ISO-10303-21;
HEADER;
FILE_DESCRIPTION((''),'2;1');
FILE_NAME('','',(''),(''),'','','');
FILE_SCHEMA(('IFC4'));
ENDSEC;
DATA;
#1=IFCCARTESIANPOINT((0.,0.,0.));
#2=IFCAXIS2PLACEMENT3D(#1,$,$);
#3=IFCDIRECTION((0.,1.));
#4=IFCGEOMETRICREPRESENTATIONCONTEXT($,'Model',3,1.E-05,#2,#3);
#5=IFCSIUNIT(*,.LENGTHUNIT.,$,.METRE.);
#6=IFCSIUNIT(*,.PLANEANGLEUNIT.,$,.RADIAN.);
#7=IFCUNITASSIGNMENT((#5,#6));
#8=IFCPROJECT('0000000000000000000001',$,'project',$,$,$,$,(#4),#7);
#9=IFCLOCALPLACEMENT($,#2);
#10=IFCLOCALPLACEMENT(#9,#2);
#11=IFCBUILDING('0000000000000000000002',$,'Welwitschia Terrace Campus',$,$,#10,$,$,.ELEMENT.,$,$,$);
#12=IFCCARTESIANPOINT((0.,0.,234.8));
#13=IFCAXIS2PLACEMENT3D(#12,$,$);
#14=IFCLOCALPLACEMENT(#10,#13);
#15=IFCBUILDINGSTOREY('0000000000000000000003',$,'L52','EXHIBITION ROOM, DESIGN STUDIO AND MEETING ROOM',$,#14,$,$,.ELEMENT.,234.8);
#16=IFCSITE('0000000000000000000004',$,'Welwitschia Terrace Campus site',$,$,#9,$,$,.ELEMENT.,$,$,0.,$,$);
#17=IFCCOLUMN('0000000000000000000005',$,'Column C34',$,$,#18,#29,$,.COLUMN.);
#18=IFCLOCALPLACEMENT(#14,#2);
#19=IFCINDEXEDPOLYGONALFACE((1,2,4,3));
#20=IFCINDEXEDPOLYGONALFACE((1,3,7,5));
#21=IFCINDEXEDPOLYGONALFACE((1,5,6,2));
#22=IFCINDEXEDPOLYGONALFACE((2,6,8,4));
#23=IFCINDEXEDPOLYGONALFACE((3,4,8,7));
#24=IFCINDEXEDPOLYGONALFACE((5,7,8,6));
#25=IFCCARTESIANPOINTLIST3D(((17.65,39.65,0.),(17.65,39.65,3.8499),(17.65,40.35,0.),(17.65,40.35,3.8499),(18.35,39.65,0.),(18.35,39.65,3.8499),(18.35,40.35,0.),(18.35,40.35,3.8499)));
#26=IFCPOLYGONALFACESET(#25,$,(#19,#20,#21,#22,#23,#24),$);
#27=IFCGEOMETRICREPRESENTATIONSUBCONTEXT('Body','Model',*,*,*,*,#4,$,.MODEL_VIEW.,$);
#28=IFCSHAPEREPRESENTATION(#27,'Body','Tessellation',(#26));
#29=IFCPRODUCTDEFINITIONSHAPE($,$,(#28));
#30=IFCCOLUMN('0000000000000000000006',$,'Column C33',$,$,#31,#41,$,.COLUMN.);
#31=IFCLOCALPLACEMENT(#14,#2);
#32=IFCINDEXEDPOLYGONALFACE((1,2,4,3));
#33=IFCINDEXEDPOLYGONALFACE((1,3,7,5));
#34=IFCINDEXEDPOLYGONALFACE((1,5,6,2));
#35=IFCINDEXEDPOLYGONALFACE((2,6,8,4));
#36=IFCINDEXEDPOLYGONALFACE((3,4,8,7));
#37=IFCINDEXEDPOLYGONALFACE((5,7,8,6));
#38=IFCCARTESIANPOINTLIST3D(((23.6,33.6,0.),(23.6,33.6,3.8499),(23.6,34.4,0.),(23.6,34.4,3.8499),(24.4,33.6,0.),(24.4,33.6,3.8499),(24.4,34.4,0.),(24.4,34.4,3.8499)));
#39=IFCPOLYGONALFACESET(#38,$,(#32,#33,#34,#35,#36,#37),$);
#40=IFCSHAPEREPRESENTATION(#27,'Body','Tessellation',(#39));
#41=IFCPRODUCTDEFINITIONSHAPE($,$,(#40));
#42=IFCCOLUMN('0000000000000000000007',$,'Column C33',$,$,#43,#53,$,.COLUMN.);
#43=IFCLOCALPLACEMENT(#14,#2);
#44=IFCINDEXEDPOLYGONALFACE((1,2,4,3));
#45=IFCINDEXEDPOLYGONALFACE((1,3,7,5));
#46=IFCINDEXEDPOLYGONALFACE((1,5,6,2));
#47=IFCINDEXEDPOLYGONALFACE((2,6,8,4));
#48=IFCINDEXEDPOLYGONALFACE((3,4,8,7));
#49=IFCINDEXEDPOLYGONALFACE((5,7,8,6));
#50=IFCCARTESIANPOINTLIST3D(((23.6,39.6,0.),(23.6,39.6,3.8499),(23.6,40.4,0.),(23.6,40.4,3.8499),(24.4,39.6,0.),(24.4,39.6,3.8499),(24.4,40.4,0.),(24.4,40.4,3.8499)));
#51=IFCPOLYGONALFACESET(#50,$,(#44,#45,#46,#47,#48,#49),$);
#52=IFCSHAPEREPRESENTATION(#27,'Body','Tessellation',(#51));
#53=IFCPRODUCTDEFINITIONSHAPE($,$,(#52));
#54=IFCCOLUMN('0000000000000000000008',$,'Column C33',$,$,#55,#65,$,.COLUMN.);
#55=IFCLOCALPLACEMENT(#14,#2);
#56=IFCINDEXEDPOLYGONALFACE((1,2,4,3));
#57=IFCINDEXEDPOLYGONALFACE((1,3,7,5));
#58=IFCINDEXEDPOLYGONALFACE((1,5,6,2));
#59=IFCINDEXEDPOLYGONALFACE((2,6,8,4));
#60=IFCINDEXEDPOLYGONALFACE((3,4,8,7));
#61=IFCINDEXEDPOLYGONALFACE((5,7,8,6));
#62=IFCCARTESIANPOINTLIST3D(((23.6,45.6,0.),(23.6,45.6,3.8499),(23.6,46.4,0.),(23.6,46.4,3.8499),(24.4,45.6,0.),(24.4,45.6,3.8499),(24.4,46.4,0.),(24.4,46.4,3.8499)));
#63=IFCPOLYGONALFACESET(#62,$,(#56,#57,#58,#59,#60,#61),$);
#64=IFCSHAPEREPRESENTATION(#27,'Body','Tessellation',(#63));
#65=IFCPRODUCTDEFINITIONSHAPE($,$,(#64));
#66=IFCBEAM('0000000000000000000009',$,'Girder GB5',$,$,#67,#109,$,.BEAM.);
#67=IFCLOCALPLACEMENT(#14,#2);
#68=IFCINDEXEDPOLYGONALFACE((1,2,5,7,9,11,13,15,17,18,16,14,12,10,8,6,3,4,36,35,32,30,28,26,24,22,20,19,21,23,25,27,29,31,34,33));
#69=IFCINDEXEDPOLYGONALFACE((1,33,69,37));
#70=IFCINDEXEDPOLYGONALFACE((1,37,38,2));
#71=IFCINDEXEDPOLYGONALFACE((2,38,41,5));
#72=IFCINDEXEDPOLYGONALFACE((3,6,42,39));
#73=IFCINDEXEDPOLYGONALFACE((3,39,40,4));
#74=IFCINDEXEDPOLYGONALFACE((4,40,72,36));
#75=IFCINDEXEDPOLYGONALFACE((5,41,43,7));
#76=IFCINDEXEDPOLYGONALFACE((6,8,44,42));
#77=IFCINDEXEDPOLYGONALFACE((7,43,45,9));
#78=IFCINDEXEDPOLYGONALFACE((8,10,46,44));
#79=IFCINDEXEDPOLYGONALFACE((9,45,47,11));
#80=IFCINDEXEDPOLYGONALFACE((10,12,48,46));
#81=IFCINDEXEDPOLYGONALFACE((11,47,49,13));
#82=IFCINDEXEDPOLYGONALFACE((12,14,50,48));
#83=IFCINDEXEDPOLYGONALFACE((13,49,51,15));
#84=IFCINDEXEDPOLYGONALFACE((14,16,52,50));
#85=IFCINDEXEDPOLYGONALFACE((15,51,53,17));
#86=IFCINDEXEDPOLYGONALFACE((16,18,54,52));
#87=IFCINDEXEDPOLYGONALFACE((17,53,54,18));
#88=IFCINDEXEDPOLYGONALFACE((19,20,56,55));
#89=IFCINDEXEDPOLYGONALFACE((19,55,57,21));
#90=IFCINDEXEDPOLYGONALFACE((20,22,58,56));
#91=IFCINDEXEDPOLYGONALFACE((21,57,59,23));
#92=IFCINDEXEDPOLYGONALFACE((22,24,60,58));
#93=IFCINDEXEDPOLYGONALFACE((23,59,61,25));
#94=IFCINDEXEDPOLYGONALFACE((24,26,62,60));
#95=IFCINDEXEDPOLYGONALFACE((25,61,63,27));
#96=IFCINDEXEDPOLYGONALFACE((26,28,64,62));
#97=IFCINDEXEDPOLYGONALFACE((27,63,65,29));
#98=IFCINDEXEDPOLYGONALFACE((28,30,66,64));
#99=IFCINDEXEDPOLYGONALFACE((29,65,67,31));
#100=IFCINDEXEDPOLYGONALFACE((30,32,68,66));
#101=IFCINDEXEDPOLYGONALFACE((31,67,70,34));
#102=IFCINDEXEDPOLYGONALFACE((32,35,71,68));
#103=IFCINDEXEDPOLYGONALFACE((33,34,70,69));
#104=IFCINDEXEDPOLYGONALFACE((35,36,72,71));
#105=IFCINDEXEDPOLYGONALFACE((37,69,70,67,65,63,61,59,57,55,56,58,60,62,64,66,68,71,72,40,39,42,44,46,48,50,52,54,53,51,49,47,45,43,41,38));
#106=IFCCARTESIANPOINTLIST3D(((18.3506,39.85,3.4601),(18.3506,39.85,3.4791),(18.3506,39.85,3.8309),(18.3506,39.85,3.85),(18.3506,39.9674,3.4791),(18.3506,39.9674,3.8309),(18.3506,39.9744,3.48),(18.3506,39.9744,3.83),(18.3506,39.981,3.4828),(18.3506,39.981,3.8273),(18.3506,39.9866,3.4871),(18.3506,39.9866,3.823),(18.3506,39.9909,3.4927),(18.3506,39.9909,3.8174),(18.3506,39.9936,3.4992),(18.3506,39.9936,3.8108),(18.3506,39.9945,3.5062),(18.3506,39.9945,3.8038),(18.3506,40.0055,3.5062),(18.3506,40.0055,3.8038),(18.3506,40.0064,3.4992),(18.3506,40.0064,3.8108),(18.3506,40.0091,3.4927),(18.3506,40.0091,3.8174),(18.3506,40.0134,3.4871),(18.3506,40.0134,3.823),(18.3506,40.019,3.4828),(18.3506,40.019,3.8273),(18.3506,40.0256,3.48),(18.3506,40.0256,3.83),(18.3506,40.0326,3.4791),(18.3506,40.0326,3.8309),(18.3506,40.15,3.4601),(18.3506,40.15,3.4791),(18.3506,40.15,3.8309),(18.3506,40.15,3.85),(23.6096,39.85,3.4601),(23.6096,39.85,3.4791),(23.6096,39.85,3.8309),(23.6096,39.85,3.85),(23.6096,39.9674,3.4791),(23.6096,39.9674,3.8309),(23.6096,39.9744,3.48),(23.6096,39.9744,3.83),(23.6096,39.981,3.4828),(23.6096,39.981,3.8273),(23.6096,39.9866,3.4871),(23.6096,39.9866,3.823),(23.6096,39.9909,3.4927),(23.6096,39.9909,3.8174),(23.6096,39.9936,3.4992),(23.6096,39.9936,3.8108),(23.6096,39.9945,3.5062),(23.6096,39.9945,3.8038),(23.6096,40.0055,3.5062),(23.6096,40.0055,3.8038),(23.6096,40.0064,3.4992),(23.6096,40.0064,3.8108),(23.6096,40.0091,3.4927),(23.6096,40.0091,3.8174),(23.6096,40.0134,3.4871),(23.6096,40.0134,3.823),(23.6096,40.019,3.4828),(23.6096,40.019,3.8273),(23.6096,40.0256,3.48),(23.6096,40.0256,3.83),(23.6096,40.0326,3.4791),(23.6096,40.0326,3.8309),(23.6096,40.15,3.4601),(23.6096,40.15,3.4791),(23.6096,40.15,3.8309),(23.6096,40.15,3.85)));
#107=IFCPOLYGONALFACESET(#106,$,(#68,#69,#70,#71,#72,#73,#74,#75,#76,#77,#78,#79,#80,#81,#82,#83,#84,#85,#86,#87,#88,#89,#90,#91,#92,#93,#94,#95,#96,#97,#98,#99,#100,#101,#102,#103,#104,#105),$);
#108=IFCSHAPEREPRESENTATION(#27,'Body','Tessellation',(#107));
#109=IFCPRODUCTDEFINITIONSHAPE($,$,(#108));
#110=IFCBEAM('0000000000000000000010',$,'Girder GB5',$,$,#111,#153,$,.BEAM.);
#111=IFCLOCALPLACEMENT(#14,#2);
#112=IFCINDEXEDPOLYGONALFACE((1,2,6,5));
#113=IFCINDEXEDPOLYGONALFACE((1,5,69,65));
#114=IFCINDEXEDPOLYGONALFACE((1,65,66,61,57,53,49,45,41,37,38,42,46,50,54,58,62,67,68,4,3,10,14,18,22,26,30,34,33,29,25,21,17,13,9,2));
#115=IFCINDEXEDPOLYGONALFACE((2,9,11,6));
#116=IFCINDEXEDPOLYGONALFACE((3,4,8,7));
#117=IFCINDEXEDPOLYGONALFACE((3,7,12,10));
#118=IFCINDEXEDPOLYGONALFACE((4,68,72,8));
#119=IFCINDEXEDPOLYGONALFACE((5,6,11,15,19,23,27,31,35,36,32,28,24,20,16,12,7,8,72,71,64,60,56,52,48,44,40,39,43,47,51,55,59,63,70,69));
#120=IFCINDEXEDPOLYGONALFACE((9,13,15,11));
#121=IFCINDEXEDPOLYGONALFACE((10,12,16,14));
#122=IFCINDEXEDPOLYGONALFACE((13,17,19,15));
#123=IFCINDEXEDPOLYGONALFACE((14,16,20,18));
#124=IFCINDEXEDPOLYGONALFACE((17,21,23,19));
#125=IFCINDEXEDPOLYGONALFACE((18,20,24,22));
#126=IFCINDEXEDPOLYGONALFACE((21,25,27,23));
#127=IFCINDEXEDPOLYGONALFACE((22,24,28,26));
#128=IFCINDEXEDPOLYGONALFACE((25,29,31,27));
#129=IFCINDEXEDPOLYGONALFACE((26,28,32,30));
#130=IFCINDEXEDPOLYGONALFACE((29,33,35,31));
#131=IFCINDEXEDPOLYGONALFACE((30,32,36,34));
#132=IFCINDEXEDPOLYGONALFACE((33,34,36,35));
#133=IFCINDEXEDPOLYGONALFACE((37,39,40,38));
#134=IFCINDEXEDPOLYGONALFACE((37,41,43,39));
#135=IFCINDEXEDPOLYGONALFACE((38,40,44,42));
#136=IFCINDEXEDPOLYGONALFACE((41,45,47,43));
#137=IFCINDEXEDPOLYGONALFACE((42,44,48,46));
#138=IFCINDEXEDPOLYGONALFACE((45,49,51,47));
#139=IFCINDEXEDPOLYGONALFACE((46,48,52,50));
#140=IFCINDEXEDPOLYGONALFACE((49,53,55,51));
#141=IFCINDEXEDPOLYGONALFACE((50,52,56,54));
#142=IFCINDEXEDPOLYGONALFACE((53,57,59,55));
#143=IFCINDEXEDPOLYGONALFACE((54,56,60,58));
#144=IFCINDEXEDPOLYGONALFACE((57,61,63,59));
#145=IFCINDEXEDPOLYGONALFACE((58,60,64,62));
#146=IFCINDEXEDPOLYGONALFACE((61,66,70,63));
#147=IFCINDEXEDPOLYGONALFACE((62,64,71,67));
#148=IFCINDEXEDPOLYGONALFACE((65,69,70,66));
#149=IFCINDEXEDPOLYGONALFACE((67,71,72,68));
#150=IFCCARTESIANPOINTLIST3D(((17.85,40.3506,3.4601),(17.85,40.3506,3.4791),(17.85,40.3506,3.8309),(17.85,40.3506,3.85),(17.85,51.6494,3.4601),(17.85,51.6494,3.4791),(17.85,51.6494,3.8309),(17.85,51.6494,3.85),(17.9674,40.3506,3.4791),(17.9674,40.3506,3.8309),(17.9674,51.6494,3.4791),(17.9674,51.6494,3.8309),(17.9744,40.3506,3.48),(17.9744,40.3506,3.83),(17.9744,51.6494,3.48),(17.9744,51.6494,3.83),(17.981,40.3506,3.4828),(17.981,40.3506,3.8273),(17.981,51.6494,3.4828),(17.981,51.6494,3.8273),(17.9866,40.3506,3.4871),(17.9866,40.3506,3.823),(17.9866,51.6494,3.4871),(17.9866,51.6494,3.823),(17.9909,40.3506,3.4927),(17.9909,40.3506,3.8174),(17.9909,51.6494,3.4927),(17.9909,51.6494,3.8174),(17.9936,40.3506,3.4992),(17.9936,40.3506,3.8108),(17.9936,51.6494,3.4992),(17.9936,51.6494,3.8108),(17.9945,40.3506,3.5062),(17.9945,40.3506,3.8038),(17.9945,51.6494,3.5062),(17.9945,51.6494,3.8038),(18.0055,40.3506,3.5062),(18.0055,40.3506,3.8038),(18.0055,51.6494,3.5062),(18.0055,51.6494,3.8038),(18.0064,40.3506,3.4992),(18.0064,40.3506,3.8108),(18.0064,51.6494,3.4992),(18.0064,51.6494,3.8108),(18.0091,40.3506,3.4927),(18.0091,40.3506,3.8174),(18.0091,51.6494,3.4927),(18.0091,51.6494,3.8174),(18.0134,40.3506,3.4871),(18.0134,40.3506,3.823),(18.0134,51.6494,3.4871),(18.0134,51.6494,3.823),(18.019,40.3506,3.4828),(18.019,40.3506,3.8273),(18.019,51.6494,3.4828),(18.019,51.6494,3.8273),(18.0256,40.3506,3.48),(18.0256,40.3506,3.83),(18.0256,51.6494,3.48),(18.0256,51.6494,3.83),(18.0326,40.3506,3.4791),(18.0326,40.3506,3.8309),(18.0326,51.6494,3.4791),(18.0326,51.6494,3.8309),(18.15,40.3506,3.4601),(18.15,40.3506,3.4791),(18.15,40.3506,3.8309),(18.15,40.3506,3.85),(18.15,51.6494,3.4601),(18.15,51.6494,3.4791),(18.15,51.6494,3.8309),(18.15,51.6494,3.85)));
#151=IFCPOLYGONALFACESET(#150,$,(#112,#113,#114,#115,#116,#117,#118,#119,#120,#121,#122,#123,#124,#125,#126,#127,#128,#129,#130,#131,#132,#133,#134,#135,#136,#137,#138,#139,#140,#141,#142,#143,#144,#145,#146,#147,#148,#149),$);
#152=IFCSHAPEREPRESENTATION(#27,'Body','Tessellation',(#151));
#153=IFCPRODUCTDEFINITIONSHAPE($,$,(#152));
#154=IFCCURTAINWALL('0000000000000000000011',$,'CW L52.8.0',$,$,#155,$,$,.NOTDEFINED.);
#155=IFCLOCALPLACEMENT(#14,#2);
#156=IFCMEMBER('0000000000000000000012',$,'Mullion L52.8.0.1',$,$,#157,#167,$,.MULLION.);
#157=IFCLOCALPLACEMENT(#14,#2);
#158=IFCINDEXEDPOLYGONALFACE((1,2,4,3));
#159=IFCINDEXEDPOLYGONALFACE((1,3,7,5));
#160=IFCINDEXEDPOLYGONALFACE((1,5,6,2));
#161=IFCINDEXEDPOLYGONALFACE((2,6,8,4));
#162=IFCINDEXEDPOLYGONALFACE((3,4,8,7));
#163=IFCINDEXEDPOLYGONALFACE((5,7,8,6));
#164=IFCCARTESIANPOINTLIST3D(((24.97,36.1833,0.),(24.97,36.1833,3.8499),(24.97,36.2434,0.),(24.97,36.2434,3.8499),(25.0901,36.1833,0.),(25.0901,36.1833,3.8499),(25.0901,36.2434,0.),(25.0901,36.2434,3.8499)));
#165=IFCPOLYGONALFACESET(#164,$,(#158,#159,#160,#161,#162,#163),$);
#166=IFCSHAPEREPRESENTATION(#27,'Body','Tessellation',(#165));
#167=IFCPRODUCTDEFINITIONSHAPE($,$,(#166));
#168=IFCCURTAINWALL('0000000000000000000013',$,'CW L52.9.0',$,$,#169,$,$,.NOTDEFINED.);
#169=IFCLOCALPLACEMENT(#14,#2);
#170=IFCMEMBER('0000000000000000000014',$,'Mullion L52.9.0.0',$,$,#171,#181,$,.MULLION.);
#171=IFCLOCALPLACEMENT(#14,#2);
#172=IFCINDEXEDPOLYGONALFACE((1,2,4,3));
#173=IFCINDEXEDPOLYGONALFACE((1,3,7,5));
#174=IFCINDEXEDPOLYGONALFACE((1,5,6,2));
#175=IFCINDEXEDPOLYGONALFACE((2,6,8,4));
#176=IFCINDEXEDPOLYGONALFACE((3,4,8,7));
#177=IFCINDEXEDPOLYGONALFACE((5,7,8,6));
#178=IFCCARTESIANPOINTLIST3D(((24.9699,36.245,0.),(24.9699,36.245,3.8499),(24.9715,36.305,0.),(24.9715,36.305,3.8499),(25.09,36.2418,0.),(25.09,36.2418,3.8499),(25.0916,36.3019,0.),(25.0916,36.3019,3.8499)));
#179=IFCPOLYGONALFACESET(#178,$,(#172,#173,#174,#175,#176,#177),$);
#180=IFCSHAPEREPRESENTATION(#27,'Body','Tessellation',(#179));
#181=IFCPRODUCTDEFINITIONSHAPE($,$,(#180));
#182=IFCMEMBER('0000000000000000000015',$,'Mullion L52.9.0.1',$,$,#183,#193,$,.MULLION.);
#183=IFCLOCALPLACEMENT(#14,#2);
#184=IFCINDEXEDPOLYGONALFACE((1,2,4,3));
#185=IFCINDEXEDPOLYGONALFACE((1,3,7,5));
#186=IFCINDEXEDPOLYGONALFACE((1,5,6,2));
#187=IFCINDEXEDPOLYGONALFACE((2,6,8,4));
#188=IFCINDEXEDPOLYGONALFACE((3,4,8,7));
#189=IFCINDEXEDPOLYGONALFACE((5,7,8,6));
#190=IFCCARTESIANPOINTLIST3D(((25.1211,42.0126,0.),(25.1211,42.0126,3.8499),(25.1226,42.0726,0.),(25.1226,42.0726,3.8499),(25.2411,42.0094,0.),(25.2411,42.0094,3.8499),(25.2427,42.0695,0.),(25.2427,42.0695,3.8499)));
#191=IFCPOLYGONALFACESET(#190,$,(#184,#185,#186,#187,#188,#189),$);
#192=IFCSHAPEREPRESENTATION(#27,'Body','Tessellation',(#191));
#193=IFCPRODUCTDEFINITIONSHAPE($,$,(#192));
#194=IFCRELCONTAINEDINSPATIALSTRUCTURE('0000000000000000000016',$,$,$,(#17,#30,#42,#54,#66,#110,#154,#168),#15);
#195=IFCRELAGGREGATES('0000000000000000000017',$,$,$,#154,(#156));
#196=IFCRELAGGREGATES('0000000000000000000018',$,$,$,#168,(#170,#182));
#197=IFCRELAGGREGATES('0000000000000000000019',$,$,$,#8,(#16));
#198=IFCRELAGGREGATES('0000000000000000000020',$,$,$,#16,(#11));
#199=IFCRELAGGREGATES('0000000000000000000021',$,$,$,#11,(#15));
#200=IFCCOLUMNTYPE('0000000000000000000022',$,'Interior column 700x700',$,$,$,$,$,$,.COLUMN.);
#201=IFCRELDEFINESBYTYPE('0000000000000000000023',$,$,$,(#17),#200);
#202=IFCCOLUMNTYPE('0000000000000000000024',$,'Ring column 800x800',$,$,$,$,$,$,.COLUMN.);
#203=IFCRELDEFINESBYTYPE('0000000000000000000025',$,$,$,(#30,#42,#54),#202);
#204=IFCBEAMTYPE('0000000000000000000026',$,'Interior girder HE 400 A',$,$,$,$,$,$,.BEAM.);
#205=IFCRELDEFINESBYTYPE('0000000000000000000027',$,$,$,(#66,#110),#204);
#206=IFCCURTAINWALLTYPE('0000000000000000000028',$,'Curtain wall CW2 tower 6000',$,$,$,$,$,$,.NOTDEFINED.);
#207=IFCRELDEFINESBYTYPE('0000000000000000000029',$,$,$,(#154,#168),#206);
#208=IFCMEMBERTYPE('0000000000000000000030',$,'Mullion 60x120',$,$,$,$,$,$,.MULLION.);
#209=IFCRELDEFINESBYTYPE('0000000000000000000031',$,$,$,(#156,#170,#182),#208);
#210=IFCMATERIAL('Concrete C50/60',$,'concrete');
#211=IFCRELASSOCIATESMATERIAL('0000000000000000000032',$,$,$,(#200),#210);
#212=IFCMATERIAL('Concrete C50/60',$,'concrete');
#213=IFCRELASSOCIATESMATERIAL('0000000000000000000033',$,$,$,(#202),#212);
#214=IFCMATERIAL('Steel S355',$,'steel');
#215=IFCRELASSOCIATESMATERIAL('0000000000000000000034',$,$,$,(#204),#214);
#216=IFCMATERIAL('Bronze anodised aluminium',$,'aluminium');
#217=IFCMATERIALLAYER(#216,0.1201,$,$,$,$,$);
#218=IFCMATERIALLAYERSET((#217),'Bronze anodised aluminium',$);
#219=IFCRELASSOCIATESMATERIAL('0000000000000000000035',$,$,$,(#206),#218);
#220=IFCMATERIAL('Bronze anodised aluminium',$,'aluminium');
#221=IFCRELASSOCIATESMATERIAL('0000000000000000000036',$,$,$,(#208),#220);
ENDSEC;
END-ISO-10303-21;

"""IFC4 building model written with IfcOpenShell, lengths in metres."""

from ifc_helpers import new_model, si_unit, direction, frame, origin, origin_2d, place, context, subcontext, project, spatial, rectangle, i_section, extrude, material, layer, layer_set, material_profile, profile_set, type_object, element, aggregate, save


model = new_model("IFC4")

# Units and contexts
model_context = context("Model", 3, precision=1e-05, world=origin(), true_north=direction((0.0, 1.0)))
body_context = subcontext(model_context, "Body", "Model", "MODEL_VIEW")
ifc_project = project(units=[si_unit("LENGTHUNIT", "METRE"), si_unit("PLANEANGLEUNIT", "RADIAN")], contexts=[model_context])

# Site, building, storey
site_placement = place(None, origin())
site = spatial("IfcSite", under=ifc_project, at=site_placement, Name="Welwitschia Terrace Campus site", CompositionType="ELEMENT", RefElevation=0.0)
building_placement = place(site_placement, origin())
building = spatial("IfcBuilding", under=site, at=building_placement, Name="Welwitschia Terrace Campus", CompositionType="ELEMENT")
storey_placement = place(building_placement, frame((0.0, 0.0, 234.8)))
storey = spatial("IfcBuildingStorey", under=building, at=storey_placement, Name="L52", Description="EXHIBITION ROOM, DESIGN STUDIO AND MEETING ROOM", CompositionType="ELEMENT", Elevation=234.8)

# Columns
ifc_material_1 = material(Name="Concrete C50/60", Category="concrete")
ifc_material_profile_1 = material_profile(ifc_material_1, rectangle(XDim=0.7, YDim=0.7, at=origin_2d()))
ifc_profile_set_1 = profile_set([ifc_material_profile_1], Name="Concrete C50/60")
column_type_1 = type_object("IfcColumnType", Name="Interior column 700x700", PredefinedType="COLUMN", material=ifc_profile_set_1)
column_placement = place(storey_placement, frame((18.0, 40.0, 0.0), z_axis=(0.0, 0.0, 1.0), x_axis=(1.0, 0.0, 0.0)))
element("IfcColumn", 1, at=column_placement, inside=storey, type_object=column_type_1, Name="Column C34", PredefinedType="COLUMN", context=body_context, shape_type="SweptSolid", body=[
    extrude(rectangle(XDim=0.7, YDim=0.7, at=origin_2d()), origin(), (0.0, 0.0, 1.0), 3.8499),
])
ifc_material_2 = material(Name="Concrete C50/60", Category="concrete")
ifc_material_profile_2 = material_profile(ifc_material_2, rectangle(XDim=0.8, YDim=0.8, at=origin_2d()))
ifc_profile_set_2 = profile_set([ifc_material_profile_2], Name="Concrete C50/60")
column_type_2 = type_object("IfcColumnType", Name="Ring column 800x800", PredefinedType="COLUMN", material=ifc_profile_set_2)
for number, where, z_axis, x_axis, name in (
    (2, (24.0, 34.0, 0.0), (0.0, 0.0, 1.0), (1.0, 0.0, 0.0), "Column C33"),
    (3, (24.0, 40.0, 0.0), (0.0, 0.0, 1.0), (1.0, 0.0, 0.0), "Column C33"),
    (4, (24.0, 46.0, 0.0), (0.0, 0.0, 1.0), (1.0, 0.0, 0.0), "Column C33"),
):
    element("IfcColumn", number, at=place(storey_placement, frame(where, z_axis=z_axis, x_axis=x_axis)), inside=storey, type_object=column_type_2, Name=name, PredefinedType="COLUMN", context=body_context, shape_type="SweptSolid", body=[
        extrude(rectangle(XDim=0.8, YDim=0.8, at=origin_2d()), origin(), (0.0, 0.0, 1.0), 3.8499),
    ])

# Beams
ifc_material_3 = material(Name="Steel S355", Category="steel")
ifc_material_profile_3 = material_profile(ifc_material_3, i_section(OverallWidth=0.3, OverallDepth=0.3899, WebThickness=0.011, FlangeThickness=0.019, FilletRadius=0.0271, at=origin_2d()))
ifc_profile_set_3 = profile_set([ifc_material_profile_3], Name="Steel S355")
beam_type_1 = type_object("IfcBeamType", Name="Interior girder HE 400 A", PredefinedType="BEAM", material=ifc_profile_set_3)
beam_1_placement = place(storey_placement, frame((18.3506, 40.0, 3.655), z_axis=(1.0, 0.0, 0.0), x_axis=(0.0, 1.0, 0.0)))
element("IfcBeam", 5, at=beam_1_placement, inside=storey, type_object=beam_type_1, Name="Girder GB5", PredefinedType="BEAM", context=body_context, shape_type="SweptSolid", body=[
    extrude(i_section(OverallWidth=0.3, OverallDepth=0.3899, WebThickness=0.011, FlangeThickness=0.019, FilletRadius=0.0271, at=origin_2d()), origin(), (0.0, 0.0, 1.0), 5.259),
])
beam_2_placement = place(storey_placement, frame((18.0, 40.3506, 3.655), z_axis=(0.0, 1.0, 0.0), x_axis=(-1.0, 0.0, 0.0)))
element("IfcBeam", 6, at=beam_2_placement, inside=storey, type_object=beam_type_1, Name="Girder GB5", PredefinedType="BEAM", context=body_context, shape_type="SweptSolid", body=[
    extrude(i_section(OverallWidth=0.3, OverallDepth=0.3899, WebThickness=0.011, FlangeThickness=0.019, FilletRadius=0.0271, at=origin_2d()), origin(), (0.0, 0.0, 1.0), 11.2988),
])

# Curtain wall, member
ifc_material_4 = material(Name="Bronze anodised aluminium", Category="aluminium")
ifc_layer_1 = layer(ifc_material_4, 0.1201)
ifc_layer_set_1 = layer_set([ifc_layer_1], Name="Bronze anodised aluminium")
curtain_wall_type = type_object("IfcCurtainWallType", Name="Curtain wall CW2 tower 6000", PredefinedType="NOTDEFINED", material=ifc_layer_set_1)
curtain_wall_1_placement = place(storey_placement, origin())
curtain_wall_1 = element("IfcCurtainWall", 7, at=curtain_wall_1_placement, inside=storey, type_object=curtain_wall_type, Name="CW L52.8.0", PredefinedType="NOTDEFINED")
ifc_material_5 = material(Name="Bronze anodised aluminium", Category="aluminium")
ifc_material_profile_4 = material_profile(ifc_material_5, rectangle(XDim=0.1201, YDim=0.0601, at=origin_2d()))
ifc_profile_set_4 = profile_set([ifc_material_profile_4], Name="Bronze anodised aluminium")
member_type_1 = type_object("IfcMemberType", Name="Mullion 60x120", PredefinedType="MULLION", material=ifc_profile_set_4)
member_1_placement = place(storey_placement, frame((25.03, 36.2134, 0.0), z_axis=(0.0, 0.0, 1.0), x_axis=(-1.0, 0.0, 0.0)))
member_1 = element("IfcMember", 8, at=member_1_placement, type_object=member_type_1, Name="Mullion L52.8.0.1", PredefinedType="MULLION", context=body_context, shape_type="SweptSolid", body=[
    extrude(rectangle(XDim=0.1201, YDim=0.0601, at=origin_2d()), origin(), (0.0, 0.0, 1.0), 3.8499),
])
aggregate(curtain_wall_1, [member_1])

# Curtain wall, members
curtain_wall_2_placement = place(storey_placement, origin())
curtain_wall_2 = element("IfcCurtainWall", 9, at=curtain_wall_2_placement, inside=storey, type_object=curtain_wall_type, Name="CW L52.9.0", PredefinedType="NOTDEFINED")
member_2_placement = place(storey_placement, frame((25.0308, 36.2734, 0.0), z_axis=(0.0, 0.0, 1.0), x_axis=(-0.999657, 0.026177, 0.0)))
member_2 = element("IfcMember", 10, at=member_2_placement, type_object=member_type_1, Name="Mullion L52.9.0.0", PredefinedType="MULLION", context=body_context, shape_type="SweptSolid", body=[
    extrude(rectangle(XDim=0.1201, YDim=0.0601, at=origin_2d()), origin(), (0.0, 0.0, 1.0), 3.8499),
])
member_3_placement = place(storey_placement, frame((25.1819, 42.041, 0.0), z_axis=(0.0, 0.0, 1.0), x_axis=(-0.999657, 0.026177, 0.0)))
member_3 = element("IfcMember", 11, at=member_3_placement, type_object=member_type_1, Name="Mullion L52.9.0.1", PredefinedType="MULLION", context=body_context, shape_type="SweptSolid", body=[
    extrude(rectangle(XDim=0.1201, YDim=0.0601, at=origin_2d()), origin(), (0.0, 0.0, 1.0), 3.8499),
])

aggregate(curtain_wall_2, [member_2, member_3])

save(model, "model.ifc")
